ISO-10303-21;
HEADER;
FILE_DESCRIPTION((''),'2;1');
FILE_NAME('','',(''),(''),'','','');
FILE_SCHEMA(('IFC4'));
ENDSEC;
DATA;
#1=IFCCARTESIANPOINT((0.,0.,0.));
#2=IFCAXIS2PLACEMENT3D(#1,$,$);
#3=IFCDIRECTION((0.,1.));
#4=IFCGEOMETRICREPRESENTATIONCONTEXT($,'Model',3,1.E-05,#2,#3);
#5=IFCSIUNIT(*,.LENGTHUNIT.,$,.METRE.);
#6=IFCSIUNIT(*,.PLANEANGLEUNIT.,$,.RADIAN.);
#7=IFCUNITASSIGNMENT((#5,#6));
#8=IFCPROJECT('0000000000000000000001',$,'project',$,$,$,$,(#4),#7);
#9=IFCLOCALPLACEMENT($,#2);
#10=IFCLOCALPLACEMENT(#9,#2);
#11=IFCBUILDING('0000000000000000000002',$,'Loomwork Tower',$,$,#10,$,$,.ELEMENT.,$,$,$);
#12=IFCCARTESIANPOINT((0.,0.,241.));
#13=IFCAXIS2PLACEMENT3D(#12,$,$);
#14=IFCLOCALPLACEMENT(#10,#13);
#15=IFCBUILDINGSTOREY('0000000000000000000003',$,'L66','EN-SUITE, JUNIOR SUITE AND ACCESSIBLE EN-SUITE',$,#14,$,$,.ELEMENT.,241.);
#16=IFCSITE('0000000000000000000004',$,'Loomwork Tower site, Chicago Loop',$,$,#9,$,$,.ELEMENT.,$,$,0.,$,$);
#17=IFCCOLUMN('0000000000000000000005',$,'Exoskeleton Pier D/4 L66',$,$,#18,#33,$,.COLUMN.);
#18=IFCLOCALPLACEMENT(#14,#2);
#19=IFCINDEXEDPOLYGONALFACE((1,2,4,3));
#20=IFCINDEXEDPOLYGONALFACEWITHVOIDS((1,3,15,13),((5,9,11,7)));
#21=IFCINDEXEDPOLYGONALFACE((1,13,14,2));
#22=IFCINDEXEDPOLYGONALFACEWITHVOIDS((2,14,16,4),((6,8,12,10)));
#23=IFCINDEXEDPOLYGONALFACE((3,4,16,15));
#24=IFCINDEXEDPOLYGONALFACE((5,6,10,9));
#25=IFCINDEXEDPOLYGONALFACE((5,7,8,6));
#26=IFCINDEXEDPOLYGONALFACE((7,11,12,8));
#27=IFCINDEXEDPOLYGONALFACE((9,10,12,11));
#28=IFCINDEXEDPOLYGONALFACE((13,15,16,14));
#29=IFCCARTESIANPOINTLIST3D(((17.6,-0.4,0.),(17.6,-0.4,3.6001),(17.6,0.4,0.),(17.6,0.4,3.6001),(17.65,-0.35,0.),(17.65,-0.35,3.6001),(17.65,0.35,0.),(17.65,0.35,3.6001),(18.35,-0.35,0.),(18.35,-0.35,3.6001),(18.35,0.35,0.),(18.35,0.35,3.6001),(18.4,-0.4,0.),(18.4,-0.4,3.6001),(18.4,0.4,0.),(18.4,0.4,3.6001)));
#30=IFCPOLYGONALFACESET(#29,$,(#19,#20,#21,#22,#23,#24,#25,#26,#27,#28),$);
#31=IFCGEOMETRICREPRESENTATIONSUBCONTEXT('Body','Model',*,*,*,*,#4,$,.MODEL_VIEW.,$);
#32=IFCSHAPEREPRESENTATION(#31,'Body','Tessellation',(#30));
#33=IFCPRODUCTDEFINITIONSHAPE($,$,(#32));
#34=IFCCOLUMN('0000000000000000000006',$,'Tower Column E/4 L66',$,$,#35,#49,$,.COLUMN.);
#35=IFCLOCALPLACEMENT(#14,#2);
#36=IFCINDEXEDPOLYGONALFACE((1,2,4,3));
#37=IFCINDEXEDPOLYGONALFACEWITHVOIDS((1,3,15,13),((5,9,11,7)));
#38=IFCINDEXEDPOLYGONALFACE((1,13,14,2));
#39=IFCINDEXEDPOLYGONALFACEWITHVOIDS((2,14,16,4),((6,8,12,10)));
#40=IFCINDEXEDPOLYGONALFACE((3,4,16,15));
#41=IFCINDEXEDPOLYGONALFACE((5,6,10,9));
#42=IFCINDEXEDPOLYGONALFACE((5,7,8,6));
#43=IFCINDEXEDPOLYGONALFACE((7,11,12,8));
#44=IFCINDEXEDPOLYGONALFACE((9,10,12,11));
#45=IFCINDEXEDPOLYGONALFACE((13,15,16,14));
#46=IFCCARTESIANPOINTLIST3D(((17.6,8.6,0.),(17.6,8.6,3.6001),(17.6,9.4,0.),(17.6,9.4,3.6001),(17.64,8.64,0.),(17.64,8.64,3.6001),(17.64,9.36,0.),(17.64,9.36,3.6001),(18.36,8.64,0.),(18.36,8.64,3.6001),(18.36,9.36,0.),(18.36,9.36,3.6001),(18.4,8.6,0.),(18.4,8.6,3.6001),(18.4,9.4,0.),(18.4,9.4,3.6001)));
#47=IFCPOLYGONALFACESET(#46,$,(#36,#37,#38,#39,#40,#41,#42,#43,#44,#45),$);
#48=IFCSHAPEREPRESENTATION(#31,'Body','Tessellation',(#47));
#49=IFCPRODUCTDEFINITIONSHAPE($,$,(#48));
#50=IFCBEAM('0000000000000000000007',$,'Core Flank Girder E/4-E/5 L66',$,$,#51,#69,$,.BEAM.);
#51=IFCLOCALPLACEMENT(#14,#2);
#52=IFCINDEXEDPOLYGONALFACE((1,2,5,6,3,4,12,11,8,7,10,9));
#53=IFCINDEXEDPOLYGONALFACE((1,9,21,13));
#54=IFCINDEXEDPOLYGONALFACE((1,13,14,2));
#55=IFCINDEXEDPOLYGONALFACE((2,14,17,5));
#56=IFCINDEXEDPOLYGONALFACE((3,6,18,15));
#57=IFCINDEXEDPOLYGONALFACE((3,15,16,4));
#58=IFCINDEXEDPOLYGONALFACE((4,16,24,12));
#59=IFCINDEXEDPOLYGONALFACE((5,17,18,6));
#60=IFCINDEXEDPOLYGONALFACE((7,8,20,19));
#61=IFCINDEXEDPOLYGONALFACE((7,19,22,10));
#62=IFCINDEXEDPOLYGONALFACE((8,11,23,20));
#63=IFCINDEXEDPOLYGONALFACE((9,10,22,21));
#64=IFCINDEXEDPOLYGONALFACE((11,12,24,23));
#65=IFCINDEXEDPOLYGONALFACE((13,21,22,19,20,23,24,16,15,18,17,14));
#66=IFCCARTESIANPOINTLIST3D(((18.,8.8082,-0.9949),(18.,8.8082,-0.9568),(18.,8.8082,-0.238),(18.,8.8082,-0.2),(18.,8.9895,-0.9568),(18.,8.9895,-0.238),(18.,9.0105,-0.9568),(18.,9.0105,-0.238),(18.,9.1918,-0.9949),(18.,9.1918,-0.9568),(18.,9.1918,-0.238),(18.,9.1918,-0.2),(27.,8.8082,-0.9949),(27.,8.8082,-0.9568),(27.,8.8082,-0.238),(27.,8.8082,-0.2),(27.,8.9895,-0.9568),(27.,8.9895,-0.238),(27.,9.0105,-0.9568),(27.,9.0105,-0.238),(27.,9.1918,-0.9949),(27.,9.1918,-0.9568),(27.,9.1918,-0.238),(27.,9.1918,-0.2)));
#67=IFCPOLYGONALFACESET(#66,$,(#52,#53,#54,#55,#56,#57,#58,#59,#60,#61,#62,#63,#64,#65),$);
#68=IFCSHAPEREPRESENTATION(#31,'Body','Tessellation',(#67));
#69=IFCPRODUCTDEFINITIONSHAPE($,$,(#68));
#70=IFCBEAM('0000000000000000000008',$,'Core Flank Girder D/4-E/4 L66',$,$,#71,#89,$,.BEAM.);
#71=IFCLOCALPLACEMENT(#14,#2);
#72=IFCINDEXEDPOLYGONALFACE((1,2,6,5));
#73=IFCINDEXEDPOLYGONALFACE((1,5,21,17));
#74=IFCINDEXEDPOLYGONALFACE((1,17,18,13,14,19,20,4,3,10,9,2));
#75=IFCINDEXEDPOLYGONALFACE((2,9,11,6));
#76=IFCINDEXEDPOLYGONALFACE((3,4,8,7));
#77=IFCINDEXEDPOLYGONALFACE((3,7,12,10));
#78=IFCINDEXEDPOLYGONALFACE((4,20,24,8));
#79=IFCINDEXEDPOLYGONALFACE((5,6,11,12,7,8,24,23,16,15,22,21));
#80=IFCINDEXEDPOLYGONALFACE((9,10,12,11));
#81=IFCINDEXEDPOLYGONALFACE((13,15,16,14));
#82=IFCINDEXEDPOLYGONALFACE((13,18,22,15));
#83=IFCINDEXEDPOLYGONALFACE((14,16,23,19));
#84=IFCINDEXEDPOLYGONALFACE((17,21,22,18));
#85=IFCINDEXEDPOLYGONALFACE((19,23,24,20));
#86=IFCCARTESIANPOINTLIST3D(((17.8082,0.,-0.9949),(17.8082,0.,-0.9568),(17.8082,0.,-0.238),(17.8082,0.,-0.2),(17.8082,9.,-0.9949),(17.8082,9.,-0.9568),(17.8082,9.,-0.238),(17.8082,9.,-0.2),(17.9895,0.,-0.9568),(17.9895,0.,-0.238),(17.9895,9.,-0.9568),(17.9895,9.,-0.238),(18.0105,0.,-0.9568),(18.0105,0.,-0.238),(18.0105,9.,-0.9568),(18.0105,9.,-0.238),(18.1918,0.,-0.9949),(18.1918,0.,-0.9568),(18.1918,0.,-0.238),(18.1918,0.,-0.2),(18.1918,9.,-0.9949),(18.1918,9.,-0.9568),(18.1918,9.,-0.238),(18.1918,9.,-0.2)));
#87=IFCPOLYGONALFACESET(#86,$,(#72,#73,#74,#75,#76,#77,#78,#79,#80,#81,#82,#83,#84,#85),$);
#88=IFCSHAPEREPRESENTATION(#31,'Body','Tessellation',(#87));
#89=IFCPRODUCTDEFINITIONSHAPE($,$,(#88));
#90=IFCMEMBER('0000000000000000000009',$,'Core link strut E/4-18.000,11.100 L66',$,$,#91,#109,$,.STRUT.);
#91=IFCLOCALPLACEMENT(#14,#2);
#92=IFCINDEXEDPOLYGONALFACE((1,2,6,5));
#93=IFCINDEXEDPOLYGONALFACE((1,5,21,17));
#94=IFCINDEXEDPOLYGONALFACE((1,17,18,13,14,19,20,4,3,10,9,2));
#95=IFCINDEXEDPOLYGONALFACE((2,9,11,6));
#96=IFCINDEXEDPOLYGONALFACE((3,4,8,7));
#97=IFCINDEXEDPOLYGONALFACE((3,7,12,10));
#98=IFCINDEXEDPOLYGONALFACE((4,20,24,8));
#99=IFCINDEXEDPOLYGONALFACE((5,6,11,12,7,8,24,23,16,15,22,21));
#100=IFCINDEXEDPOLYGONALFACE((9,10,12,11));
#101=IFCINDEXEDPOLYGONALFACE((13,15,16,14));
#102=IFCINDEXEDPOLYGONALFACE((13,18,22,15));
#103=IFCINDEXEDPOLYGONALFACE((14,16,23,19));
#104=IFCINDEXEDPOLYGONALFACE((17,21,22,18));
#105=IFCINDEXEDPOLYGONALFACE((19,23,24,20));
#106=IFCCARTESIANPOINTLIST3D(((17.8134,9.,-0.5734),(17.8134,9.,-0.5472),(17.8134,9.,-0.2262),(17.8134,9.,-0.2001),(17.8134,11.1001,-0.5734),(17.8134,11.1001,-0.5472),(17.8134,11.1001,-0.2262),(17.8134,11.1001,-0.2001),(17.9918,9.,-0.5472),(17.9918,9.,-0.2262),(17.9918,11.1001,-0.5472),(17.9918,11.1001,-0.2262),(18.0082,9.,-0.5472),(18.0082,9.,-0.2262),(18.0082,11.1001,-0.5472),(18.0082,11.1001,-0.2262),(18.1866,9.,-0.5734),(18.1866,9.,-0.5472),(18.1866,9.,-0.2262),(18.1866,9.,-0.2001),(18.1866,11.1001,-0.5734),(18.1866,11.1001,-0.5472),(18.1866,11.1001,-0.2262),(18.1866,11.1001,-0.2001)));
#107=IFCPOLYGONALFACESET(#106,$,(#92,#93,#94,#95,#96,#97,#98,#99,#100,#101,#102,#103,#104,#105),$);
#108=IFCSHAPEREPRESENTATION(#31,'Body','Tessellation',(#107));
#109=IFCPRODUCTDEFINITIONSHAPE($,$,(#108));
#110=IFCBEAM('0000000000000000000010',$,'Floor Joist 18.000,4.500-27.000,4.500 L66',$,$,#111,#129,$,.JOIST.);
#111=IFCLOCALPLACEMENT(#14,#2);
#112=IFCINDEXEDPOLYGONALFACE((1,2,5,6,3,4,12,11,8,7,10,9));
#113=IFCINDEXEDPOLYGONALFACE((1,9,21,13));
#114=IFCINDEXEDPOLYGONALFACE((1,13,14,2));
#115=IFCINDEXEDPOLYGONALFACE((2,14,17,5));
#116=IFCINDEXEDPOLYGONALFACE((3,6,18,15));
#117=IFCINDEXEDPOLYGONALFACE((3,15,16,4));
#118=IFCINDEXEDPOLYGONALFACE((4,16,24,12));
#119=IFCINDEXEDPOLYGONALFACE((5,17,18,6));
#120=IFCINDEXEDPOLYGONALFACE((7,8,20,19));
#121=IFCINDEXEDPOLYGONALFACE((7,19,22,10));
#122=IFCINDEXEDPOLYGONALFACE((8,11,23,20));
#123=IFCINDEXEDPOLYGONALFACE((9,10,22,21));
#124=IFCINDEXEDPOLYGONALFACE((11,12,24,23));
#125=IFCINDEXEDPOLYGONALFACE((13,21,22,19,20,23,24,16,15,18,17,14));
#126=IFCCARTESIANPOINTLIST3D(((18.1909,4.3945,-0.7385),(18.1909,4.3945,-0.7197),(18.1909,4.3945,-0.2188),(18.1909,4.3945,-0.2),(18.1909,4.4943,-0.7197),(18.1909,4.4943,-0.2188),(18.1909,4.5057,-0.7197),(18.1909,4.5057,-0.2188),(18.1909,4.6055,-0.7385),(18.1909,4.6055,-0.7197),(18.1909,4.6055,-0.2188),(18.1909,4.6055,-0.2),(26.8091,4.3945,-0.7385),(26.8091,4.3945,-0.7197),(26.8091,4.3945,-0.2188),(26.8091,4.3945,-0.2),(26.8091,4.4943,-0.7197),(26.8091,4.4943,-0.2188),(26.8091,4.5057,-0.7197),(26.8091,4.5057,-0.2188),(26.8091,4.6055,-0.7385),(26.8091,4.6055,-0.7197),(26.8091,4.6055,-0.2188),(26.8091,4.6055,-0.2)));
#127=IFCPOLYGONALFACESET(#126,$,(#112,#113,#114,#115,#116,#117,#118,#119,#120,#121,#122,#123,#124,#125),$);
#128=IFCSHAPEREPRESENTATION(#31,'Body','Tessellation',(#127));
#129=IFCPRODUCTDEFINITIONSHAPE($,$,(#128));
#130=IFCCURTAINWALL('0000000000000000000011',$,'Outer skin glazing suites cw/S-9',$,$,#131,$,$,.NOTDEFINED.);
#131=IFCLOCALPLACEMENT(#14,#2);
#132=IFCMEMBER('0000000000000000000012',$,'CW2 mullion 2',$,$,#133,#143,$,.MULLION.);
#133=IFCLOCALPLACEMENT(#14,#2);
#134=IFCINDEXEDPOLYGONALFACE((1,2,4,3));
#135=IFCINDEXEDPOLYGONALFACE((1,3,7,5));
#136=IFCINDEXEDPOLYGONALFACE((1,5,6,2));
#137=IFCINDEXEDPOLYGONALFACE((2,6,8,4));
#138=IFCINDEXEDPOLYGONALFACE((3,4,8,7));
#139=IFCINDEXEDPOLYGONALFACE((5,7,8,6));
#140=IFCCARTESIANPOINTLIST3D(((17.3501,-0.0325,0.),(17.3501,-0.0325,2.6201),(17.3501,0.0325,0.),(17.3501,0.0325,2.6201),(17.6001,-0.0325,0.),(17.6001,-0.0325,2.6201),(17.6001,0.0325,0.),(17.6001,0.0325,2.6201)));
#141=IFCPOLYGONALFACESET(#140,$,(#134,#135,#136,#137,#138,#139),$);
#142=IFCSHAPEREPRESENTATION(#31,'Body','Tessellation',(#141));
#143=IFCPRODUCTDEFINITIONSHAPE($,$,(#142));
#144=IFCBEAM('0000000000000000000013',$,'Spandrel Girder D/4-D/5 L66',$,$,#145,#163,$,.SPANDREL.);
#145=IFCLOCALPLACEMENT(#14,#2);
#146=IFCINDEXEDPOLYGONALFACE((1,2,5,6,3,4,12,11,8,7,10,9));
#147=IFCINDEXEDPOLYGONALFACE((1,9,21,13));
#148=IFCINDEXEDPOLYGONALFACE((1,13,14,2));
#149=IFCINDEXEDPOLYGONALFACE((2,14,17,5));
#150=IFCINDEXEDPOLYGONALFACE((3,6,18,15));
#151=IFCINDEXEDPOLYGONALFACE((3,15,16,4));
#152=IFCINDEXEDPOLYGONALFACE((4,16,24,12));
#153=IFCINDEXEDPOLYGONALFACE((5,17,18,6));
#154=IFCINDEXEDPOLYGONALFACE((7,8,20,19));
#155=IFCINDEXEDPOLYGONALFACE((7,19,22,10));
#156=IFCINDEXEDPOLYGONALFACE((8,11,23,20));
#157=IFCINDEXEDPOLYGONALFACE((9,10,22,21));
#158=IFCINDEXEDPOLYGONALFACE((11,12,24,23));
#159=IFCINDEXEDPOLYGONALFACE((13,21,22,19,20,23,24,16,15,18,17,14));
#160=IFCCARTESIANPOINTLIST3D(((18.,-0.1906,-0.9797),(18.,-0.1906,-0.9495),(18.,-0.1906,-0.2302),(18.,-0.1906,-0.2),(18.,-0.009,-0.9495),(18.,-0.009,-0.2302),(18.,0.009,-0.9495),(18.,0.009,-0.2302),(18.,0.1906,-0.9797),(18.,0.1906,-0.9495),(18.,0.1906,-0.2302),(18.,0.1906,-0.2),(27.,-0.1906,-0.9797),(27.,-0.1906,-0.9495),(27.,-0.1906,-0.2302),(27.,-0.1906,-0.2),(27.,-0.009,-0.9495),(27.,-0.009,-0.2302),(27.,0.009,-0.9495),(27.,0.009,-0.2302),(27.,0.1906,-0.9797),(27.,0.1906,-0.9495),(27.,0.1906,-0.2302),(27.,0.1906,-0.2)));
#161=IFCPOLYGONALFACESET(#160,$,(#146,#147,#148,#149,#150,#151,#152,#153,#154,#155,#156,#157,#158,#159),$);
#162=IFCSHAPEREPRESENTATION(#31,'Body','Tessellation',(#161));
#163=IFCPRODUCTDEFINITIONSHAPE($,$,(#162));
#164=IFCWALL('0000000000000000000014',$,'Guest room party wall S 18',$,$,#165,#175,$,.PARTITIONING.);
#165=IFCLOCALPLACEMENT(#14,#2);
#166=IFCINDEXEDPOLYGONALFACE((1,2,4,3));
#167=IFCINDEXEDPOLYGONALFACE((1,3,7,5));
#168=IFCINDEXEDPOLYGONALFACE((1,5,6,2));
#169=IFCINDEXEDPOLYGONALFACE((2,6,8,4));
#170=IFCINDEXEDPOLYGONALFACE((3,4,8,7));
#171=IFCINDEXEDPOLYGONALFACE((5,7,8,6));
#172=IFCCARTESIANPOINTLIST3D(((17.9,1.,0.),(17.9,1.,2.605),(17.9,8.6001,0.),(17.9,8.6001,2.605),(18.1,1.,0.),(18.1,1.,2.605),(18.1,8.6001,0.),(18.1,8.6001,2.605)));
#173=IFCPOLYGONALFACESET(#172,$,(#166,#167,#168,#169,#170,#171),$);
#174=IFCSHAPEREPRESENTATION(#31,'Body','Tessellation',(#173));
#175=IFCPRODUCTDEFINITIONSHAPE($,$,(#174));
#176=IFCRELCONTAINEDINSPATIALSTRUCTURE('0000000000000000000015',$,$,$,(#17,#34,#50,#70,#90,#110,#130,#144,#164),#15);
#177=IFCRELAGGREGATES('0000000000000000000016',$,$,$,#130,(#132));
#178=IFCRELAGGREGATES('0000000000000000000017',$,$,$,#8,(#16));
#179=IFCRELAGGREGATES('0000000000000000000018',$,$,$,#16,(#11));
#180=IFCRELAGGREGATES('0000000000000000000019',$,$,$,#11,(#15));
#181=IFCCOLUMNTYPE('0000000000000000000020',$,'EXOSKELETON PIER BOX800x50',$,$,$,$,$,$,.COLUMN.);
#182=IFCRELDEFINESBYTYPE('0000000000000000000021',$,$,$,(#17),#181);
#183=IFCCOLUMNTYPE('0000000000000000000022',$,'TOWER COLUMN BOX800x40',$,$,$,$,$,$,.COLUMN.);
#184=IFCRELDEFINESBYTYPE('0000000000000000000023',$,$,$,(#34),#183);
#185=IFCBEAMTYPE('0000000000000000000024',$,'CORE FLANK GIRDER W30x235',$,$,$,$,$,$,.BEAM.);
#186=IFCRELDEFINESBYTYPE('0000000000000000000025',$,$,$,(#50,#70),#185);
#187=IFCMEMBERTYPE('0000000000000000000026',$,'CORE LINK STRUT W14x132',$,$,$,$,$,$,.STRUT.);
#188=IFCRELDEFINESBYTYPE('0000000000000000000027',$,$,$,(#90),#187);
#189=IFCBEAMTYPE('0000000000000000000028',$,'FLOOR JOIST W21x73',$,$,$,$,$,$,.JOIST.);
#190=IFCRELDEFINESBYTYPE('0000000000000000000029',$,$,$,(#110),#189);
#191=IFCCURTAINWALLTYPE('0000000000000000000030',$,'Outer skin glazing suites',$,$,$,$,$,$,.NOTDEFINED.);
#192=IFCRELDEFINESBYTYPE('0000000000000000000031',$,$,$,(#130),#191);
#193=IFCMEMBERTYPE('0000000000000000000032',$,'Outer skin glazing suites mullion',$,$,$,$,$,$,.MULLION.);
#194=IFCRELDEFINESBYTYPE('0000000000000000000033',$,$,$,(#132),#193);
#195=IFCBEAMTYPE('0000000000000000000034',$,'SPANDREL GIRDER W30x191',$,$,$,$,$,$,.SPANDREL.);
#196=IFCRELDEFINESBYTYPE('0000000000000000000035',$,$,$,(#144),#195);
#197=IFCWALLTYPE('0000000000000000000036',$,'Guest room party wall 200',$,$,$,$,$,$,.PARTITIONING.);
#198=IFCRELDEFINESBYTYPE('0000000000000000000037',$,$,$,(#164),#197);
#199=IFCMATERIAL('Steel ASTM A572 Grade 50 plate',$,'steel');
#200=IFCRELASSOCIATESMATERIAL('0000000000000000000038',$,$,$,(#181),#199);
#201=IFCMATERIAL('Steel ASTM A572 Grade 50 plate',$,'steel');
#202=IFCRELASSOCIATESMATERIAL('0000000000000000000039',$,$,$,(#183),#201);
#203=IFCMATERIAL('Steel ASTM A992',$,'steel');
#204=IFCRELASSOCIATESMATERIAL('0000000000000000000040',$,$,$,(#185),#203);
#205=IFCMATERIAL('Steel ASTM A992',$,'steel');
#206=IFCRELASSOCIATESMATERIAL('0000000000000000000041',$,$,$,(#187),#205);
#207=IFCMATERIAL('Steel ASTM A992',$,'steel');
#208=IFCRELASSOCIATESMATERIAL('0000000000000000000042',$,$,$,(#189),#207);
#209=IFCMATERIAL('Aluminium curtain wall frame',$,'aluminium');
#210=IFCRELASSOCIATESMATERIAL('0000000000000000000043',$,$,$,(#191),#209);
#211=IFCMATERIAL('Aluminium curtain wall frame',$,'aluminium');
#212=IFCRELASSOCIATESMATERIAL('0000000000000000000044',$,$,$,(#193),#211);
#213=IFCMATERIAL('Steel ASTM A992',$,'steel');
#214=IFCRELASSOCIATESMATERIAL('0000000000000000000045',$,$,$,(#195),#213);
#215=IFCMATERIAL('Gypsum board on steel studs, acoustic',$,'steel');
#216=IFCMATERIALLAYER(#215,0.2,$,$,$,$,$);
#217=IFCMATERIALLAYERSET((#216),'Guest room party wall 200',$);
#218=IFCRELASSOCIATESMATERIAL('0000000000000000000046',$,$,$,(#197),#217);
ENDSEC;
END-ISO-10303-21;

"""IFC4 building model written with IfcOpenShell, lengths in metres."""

from ifc_helpers import new_model, si_unit, direction, frame, frame_2d, origin, origin_2d, place, context, subcontext, project, spatial, rectangle, hollow_rectangle, i_section, extrude, material, layer, layer_set, material_profile, profile_set, type_object, element, aggregate, save


model = new_model("IFC4")

# Units and contexts
model_context = context("Model", 3, precision=1e-05, world=origin(), true_north=direction((0.0, 1.0)))
body_context = subcontext(model_context, "Body", "Model", "MODEL_VIEW")
ifc_project = project(units=[si_unit("LENGTHUNIT", "METRE"), si_unit("PLANEANGLEUNIT", "RADIAN")], contexts=[model_context])

# Site, building, storey
site_placement = place(None, origin())
site = spatial("IfcSite", under=ifc_project, at=site_placement, Name="Loomwork Tower site, Chicago Loop", CompositionType="ELEMENT", RefElevation=0.0)
building_placement = place(site_placement, origin())
building = spatial("IfcBuilding", under=site, at=building_placement, Name="Loomwork Tower", CompositionType="ELEMENT")
storey_placement = place(building_placement, frame((0.0, 0.0, 241.0)))
storey = spatial("IfcBuildingStorey", under=building, at=storey_placement, Name="L66", Description="EN-SUITE, JUNIOR SUITE AND ACCESSIBLE EN-SUITE", CompositionType="ELEMENT", Elevation=241.0)

# Columns
ifc_material_1 = material(Name="Steel ASTM A572 Grade 50 plate", Category="steel")
ifc_material_profile_1 = material_profile(ifc_material_1, hollow_rectangle(XDim=0.8, YDim=0.8, WallThickness=0.05, at=origin_2d()), Name="BOX800x50")
ifc_profile_set_1 = profile_set([ifc_material_profile_1], Name="Steel ASTM A572 Grade 50 plate")
column_type_1 = type_object("IfcColumnType", Name="EXOSKELETON PIER BOX800x50", PredefinedType="COLUMN", material=ifc_profile_set_1)
column_1_placement = place(storey_placement, frame((18.0, 0.0, 0.0), z_axis=(0.0, 0.0, 1.0), x_axis=(1.0, 0.0, 0.0)))
element("IfcColumn", 1, at=column_1_placement, inside=storey, type_object=column_type_1, Name="Exoskeleton Pier D/4 L66", PredefinedType="COLUMN", context=body_context, shape_type="SweptSolid", body=[
    extrude(hollow_rectangle(XDim=0.8, YDim=0.8, WallThickness=0.05, at=origin_2d()), origin(), (0.0, 0.0, 1.0), 3.6001),
])
ifc_material_2 = material(Name="Steel ASTM A572 Grade 50 plate", Category="steel")
ifc_material_profile_2 = material_profile(ifc_material_2, hollow_rectangle(XDim=0.8, YDim=0.8, WallThickness=0.04, at=origin_2d()), Name="BOX800x40")
ifc_profile_set_2 = profile_set([ifc_material_profile_2], Name="Steel ASTM A572 Grade 50 plate")
column_type_2 = type_object("IfcColumnType", Name="TOWER COLUMN BOX800x40", PredefinedType="COLUMN", material=ifc_profile_set_2)
column_2_placement = place(storey_placement, frame((18.0, 9.0, 0.0), z_axis=(0.0, 0.0, 1.0), x_axis=(1.0, 0.0, 0.0)))
element("IfcColumn", 2, at=column_2_placement, inside=storey, type_object=column_type_2, Name="Tower Column E/4 L66", PredefinedType="COLUMN", context=body_context, shape_type="SweptSolid", body=[
    extrude(hollow_rectangle(XDim=0.8, YDim=0.8, WallThickness=0.04, at=origin_2d()), origin(), (0.0, 0.0, 1.0), 3.6001),
])

# Beams
ifc_material_3 = material(Name="Steel ASTM A992", Category="steel")
ifc_material_profile_3 = material_profile(ifc_material_3, i_section(OverallWidth=0.3835, OverallDepth=0.7949, WebThickness=0.021, FlangeThickness=0.0381, at=origin_2d()), Name="W30x235")
ifc_profile_set_3 = profile_set([ifc_material_profile_3], Name="Steel ASTM A992")
beam_type_1 = type_object("IfcBeamType", Name="CORE FLANK GIRDER W30x235", PredefinedType="BEAM", material=ifc_profile_set_3)
for number, where, z_axis, x_axis, name in (
    (3, (18.0, 9.0, -0.5974), (1.0, 0.0, 0.0), (0.0, 1.0, 0.0), "Core Flank Girder E/4-E/5 L66"),
    (4, (18.0, 0.0, -0.5974), (0.0, 1.0, 0.0), (-1.0, 0.0, 0.0), "Core Flank Girder D/4-E/4 L66"),
):
    element("IfcBeam", number, at=place(storey_placement, frame(where, z_axis=z_axis, x_axis=x_axis)), inside=storey, type_object=beam_type_1, Name=name, PredefinedType="BEAM", context=body_context, shape_type="SweptSolid", body=[
        extrude(i_section(OverallWidth=0.3835, OverallDepth=0.7949, WebThickness=0.021, FlangeThickness=0.0381, at=origin_2d()), origin(), (0.0, 0.0, 1.0), 9.0),
    ])

# Member
ifc_material_4 = material(Name="Steel ASTM A992", Category="steel")
ifc_material_profile_4 = material_profile(ifc_material_4, i_section(OverallWidth=0.3733, OverallDepth=0.3733, WebThickness=0.0164, FlangeThickness=0.0261, at=origin_2d()), Name="W14x132")
ifc_profile_set_4 = profile_set([ifc_material_profile_4], Name="Steel ASTM A992")
member_type_1 = type_object("IfcMemberType", Name="CORE LINK STRUT W14x132", PredefinedType="STRUT", material=ifc_profile_set_4)
member_1_placement = place(storey_placement, frame((18.0, 9.0, -0.3867), z_axis=(0.0, 1.0, 0.0), x_axis=(-1.0, 0.0, 0.0)))
element("IfcMember", 5, at=member_1_placement, inside=storey, type_object=member_type_1, Name="Core link strut E/4-18.000,11.100 L66", PredefinedType="STRUT", context=body_context, shape_type="SweptSolid", body=[
    extrude(i_section(OverallWidth=0.3733, OverallDepth=0.3733, WebThickness=0.0164, FlangeThickness=0.0261, at=origin_2d()), origin(), (0.0, 0.0, 1.0), 2.1001),
])

# Beam
ifc_material_5 = material(Name="Steel ASTM A992", Category="steel")
ifc_material_profile_5 = material_profile(ifc_material_5, i_section(OverallWidth=0.2109, OverallDepth=0.5386, WebThickness=0.0115, FlangeThickness=0.0188, at=origin_2d()), Name="W21x73")
ifc_profile_set_5 = profile_set([ifc_material_profile_5], Name="Steel ASTM A992")
beam_type_2 = type_object("IfcBeamType", Name="FLOOR JOIST W21x73", PredefinedType="JOIST", material=ifc_profile_set_5)
beam_1_placement = place(storey_placement, frame((18.1909, 4.5, -0.4692), z_axis=(1.0, 0.0, 0.0), x_axis=(0.0, 1.0, 0.0)))
element("IfcBeam", 6, at=beam_1_placement, inside=storey, type_object=beam_type_2, Name="Floor Joist 18.000,4.500-27.000,4.500 L66", PredefinedType="JOIST", context=body_context, shape_type="SweptSolid", body=[
    extrude(i_section(OverallWidth=0.2109, OverallDepth=0.5386, WebThickness=0.0115, FlangeThickness=0.0188, at=origin_2d()), origin(), (0.0, 0.0, 1.0), 8.6182),
])

# Curtain wall, member
ifc_material_6 = material(Name="Aluminium curtain wall frame", Category="aluminium")
curtain_wall_type = type_object("IfcCurtainWallType", Name="Outer skin glazing suites", PredefinedType="NOTDEFINED", material=ifc_material_6)
curtain_wall_placement = place(storey_placement, origin())
curtain_wall = element("IfcCurtainWall", 7, at=curtain_wall_placement, inside=storey, type_object=curtain_wall_type, Name="Outer skin glazing suites cw/S-9", PredefinedType="NOTDEFINED")
ifc_material_7 = material(Name="Aluminium curtain wall frame", Category="aluminium")
ifc_material_profile_6 = material_profile(ifc_material_7, rectangle(XDim=0.0649, YDim=0.25, at=origin_2d()), Name="AL 65x250")
ifc_profile_set_6 = profile_set([ifc_material_profile_6], Name="Aluminium curtain wall frame")
member_type_2 = type_object("IfcMemberType", Name="Outer skin glazing suites mullion", PredefinedType="MULLION", material=ifc_profile_set_6)
member_2_placement = place(storey_placement, frame((17.4751, 0.0, 0.0), z_axis=(0.0, 0.0, 1.0), x_axis=(0.0, 1.0, 0.0)))
member_2 = element("IfcMember", 8, at=member_2_placement, type_object=member_type_2, Name="CW2 mullion 2", PredefinedType="MULLION", context=body_context, shape_type="SweptSolid", body=[
    extrude(rectangle(XDim=0.0649, YDim=0.25, at=origin_2d()), origin(), (0.0, 0.0, 1.0), 2.6201),
])
aggregate(curtain_wall, [member_2])

# Beam
ifc_material_8 = material(Name="Steel ASTM A992", Category="steel")
ifc_material_profile_7 = material_profile(ifc_material_8, i_section(OverallWidth=0.3811, OverallDepth=0.7798, WebThickness=0.0181, FlangeThickness=0.0303, at=origin_2d()), Name="W30x191")
ifc_profile_set_7 = profile_set([ifc_material_profile_7], Name="Steel ASTM A992")
beam_type_3 = type_object("IfcBeamType", Name="SPANDREL GIRDER W30x191", PredefinedType="SPANDREL", material=ifc_profile_set_7)
beam_2_placement = place(storey_placement, frame((18.0, 0.0, -0.5898), z_axis=(1.0, 0.0, 0.0), x_axis=(0.0, 1.0, 0.0)))
element("IfcBeam", 9, at=beam_2_placement, inside=storey, type_object=beam_type_3, Name="Spandrel Girder D/4-D/5 L66", PredefinedType="SPANDREL", context=body_context, shape_type="SweptSolid", body=[
    extrude(i_section(OverallWidth=0.3811, OverallDepth=0.7798, WebThickness=0.0181, FlangeThickness=0.0303, at=origin_2d()), origin(), (0.0, 0.0, 1.0), 9.0),
])

# Wall
ifc_material_9 = material(Name="Gypsum board on steel studs, acoustic", Category="steel")
ifc_layer_1 = layer(ifc_material_9, 0.2)
ifc_layer_set_1 = layer_set([ifc_layer_1], Name="Guest room party wall 200")
wall_type_1 = type_object("IfcWallType", Name="Guest room party wall 200", PredefinedType="PARTITIONING", material=ifc_layer_set_1)
wall_1_placement = place(storey_placement, frame((18.0, 8.6001, 0.0), z_axis=(0.0, 0.0, 1.0), x_axis=(0.0, -1.0, 0.0)))
element("IfcWall", 10, at=wall_1_placement, inside=storey, type_object=wall_type_1, Name="Guest room party wall S 18", PredefinedType="PARTITIONING", context=body_context, shape_type="SweptSolid", body=[
    extrude(rectangle(XDim=7.6001, YDim=0.2, at=frame_2d((3.8, 0.0))), origin(), (0.0, 0.0, 1.0), 2.605),
])

save(model, "model.ifc")
